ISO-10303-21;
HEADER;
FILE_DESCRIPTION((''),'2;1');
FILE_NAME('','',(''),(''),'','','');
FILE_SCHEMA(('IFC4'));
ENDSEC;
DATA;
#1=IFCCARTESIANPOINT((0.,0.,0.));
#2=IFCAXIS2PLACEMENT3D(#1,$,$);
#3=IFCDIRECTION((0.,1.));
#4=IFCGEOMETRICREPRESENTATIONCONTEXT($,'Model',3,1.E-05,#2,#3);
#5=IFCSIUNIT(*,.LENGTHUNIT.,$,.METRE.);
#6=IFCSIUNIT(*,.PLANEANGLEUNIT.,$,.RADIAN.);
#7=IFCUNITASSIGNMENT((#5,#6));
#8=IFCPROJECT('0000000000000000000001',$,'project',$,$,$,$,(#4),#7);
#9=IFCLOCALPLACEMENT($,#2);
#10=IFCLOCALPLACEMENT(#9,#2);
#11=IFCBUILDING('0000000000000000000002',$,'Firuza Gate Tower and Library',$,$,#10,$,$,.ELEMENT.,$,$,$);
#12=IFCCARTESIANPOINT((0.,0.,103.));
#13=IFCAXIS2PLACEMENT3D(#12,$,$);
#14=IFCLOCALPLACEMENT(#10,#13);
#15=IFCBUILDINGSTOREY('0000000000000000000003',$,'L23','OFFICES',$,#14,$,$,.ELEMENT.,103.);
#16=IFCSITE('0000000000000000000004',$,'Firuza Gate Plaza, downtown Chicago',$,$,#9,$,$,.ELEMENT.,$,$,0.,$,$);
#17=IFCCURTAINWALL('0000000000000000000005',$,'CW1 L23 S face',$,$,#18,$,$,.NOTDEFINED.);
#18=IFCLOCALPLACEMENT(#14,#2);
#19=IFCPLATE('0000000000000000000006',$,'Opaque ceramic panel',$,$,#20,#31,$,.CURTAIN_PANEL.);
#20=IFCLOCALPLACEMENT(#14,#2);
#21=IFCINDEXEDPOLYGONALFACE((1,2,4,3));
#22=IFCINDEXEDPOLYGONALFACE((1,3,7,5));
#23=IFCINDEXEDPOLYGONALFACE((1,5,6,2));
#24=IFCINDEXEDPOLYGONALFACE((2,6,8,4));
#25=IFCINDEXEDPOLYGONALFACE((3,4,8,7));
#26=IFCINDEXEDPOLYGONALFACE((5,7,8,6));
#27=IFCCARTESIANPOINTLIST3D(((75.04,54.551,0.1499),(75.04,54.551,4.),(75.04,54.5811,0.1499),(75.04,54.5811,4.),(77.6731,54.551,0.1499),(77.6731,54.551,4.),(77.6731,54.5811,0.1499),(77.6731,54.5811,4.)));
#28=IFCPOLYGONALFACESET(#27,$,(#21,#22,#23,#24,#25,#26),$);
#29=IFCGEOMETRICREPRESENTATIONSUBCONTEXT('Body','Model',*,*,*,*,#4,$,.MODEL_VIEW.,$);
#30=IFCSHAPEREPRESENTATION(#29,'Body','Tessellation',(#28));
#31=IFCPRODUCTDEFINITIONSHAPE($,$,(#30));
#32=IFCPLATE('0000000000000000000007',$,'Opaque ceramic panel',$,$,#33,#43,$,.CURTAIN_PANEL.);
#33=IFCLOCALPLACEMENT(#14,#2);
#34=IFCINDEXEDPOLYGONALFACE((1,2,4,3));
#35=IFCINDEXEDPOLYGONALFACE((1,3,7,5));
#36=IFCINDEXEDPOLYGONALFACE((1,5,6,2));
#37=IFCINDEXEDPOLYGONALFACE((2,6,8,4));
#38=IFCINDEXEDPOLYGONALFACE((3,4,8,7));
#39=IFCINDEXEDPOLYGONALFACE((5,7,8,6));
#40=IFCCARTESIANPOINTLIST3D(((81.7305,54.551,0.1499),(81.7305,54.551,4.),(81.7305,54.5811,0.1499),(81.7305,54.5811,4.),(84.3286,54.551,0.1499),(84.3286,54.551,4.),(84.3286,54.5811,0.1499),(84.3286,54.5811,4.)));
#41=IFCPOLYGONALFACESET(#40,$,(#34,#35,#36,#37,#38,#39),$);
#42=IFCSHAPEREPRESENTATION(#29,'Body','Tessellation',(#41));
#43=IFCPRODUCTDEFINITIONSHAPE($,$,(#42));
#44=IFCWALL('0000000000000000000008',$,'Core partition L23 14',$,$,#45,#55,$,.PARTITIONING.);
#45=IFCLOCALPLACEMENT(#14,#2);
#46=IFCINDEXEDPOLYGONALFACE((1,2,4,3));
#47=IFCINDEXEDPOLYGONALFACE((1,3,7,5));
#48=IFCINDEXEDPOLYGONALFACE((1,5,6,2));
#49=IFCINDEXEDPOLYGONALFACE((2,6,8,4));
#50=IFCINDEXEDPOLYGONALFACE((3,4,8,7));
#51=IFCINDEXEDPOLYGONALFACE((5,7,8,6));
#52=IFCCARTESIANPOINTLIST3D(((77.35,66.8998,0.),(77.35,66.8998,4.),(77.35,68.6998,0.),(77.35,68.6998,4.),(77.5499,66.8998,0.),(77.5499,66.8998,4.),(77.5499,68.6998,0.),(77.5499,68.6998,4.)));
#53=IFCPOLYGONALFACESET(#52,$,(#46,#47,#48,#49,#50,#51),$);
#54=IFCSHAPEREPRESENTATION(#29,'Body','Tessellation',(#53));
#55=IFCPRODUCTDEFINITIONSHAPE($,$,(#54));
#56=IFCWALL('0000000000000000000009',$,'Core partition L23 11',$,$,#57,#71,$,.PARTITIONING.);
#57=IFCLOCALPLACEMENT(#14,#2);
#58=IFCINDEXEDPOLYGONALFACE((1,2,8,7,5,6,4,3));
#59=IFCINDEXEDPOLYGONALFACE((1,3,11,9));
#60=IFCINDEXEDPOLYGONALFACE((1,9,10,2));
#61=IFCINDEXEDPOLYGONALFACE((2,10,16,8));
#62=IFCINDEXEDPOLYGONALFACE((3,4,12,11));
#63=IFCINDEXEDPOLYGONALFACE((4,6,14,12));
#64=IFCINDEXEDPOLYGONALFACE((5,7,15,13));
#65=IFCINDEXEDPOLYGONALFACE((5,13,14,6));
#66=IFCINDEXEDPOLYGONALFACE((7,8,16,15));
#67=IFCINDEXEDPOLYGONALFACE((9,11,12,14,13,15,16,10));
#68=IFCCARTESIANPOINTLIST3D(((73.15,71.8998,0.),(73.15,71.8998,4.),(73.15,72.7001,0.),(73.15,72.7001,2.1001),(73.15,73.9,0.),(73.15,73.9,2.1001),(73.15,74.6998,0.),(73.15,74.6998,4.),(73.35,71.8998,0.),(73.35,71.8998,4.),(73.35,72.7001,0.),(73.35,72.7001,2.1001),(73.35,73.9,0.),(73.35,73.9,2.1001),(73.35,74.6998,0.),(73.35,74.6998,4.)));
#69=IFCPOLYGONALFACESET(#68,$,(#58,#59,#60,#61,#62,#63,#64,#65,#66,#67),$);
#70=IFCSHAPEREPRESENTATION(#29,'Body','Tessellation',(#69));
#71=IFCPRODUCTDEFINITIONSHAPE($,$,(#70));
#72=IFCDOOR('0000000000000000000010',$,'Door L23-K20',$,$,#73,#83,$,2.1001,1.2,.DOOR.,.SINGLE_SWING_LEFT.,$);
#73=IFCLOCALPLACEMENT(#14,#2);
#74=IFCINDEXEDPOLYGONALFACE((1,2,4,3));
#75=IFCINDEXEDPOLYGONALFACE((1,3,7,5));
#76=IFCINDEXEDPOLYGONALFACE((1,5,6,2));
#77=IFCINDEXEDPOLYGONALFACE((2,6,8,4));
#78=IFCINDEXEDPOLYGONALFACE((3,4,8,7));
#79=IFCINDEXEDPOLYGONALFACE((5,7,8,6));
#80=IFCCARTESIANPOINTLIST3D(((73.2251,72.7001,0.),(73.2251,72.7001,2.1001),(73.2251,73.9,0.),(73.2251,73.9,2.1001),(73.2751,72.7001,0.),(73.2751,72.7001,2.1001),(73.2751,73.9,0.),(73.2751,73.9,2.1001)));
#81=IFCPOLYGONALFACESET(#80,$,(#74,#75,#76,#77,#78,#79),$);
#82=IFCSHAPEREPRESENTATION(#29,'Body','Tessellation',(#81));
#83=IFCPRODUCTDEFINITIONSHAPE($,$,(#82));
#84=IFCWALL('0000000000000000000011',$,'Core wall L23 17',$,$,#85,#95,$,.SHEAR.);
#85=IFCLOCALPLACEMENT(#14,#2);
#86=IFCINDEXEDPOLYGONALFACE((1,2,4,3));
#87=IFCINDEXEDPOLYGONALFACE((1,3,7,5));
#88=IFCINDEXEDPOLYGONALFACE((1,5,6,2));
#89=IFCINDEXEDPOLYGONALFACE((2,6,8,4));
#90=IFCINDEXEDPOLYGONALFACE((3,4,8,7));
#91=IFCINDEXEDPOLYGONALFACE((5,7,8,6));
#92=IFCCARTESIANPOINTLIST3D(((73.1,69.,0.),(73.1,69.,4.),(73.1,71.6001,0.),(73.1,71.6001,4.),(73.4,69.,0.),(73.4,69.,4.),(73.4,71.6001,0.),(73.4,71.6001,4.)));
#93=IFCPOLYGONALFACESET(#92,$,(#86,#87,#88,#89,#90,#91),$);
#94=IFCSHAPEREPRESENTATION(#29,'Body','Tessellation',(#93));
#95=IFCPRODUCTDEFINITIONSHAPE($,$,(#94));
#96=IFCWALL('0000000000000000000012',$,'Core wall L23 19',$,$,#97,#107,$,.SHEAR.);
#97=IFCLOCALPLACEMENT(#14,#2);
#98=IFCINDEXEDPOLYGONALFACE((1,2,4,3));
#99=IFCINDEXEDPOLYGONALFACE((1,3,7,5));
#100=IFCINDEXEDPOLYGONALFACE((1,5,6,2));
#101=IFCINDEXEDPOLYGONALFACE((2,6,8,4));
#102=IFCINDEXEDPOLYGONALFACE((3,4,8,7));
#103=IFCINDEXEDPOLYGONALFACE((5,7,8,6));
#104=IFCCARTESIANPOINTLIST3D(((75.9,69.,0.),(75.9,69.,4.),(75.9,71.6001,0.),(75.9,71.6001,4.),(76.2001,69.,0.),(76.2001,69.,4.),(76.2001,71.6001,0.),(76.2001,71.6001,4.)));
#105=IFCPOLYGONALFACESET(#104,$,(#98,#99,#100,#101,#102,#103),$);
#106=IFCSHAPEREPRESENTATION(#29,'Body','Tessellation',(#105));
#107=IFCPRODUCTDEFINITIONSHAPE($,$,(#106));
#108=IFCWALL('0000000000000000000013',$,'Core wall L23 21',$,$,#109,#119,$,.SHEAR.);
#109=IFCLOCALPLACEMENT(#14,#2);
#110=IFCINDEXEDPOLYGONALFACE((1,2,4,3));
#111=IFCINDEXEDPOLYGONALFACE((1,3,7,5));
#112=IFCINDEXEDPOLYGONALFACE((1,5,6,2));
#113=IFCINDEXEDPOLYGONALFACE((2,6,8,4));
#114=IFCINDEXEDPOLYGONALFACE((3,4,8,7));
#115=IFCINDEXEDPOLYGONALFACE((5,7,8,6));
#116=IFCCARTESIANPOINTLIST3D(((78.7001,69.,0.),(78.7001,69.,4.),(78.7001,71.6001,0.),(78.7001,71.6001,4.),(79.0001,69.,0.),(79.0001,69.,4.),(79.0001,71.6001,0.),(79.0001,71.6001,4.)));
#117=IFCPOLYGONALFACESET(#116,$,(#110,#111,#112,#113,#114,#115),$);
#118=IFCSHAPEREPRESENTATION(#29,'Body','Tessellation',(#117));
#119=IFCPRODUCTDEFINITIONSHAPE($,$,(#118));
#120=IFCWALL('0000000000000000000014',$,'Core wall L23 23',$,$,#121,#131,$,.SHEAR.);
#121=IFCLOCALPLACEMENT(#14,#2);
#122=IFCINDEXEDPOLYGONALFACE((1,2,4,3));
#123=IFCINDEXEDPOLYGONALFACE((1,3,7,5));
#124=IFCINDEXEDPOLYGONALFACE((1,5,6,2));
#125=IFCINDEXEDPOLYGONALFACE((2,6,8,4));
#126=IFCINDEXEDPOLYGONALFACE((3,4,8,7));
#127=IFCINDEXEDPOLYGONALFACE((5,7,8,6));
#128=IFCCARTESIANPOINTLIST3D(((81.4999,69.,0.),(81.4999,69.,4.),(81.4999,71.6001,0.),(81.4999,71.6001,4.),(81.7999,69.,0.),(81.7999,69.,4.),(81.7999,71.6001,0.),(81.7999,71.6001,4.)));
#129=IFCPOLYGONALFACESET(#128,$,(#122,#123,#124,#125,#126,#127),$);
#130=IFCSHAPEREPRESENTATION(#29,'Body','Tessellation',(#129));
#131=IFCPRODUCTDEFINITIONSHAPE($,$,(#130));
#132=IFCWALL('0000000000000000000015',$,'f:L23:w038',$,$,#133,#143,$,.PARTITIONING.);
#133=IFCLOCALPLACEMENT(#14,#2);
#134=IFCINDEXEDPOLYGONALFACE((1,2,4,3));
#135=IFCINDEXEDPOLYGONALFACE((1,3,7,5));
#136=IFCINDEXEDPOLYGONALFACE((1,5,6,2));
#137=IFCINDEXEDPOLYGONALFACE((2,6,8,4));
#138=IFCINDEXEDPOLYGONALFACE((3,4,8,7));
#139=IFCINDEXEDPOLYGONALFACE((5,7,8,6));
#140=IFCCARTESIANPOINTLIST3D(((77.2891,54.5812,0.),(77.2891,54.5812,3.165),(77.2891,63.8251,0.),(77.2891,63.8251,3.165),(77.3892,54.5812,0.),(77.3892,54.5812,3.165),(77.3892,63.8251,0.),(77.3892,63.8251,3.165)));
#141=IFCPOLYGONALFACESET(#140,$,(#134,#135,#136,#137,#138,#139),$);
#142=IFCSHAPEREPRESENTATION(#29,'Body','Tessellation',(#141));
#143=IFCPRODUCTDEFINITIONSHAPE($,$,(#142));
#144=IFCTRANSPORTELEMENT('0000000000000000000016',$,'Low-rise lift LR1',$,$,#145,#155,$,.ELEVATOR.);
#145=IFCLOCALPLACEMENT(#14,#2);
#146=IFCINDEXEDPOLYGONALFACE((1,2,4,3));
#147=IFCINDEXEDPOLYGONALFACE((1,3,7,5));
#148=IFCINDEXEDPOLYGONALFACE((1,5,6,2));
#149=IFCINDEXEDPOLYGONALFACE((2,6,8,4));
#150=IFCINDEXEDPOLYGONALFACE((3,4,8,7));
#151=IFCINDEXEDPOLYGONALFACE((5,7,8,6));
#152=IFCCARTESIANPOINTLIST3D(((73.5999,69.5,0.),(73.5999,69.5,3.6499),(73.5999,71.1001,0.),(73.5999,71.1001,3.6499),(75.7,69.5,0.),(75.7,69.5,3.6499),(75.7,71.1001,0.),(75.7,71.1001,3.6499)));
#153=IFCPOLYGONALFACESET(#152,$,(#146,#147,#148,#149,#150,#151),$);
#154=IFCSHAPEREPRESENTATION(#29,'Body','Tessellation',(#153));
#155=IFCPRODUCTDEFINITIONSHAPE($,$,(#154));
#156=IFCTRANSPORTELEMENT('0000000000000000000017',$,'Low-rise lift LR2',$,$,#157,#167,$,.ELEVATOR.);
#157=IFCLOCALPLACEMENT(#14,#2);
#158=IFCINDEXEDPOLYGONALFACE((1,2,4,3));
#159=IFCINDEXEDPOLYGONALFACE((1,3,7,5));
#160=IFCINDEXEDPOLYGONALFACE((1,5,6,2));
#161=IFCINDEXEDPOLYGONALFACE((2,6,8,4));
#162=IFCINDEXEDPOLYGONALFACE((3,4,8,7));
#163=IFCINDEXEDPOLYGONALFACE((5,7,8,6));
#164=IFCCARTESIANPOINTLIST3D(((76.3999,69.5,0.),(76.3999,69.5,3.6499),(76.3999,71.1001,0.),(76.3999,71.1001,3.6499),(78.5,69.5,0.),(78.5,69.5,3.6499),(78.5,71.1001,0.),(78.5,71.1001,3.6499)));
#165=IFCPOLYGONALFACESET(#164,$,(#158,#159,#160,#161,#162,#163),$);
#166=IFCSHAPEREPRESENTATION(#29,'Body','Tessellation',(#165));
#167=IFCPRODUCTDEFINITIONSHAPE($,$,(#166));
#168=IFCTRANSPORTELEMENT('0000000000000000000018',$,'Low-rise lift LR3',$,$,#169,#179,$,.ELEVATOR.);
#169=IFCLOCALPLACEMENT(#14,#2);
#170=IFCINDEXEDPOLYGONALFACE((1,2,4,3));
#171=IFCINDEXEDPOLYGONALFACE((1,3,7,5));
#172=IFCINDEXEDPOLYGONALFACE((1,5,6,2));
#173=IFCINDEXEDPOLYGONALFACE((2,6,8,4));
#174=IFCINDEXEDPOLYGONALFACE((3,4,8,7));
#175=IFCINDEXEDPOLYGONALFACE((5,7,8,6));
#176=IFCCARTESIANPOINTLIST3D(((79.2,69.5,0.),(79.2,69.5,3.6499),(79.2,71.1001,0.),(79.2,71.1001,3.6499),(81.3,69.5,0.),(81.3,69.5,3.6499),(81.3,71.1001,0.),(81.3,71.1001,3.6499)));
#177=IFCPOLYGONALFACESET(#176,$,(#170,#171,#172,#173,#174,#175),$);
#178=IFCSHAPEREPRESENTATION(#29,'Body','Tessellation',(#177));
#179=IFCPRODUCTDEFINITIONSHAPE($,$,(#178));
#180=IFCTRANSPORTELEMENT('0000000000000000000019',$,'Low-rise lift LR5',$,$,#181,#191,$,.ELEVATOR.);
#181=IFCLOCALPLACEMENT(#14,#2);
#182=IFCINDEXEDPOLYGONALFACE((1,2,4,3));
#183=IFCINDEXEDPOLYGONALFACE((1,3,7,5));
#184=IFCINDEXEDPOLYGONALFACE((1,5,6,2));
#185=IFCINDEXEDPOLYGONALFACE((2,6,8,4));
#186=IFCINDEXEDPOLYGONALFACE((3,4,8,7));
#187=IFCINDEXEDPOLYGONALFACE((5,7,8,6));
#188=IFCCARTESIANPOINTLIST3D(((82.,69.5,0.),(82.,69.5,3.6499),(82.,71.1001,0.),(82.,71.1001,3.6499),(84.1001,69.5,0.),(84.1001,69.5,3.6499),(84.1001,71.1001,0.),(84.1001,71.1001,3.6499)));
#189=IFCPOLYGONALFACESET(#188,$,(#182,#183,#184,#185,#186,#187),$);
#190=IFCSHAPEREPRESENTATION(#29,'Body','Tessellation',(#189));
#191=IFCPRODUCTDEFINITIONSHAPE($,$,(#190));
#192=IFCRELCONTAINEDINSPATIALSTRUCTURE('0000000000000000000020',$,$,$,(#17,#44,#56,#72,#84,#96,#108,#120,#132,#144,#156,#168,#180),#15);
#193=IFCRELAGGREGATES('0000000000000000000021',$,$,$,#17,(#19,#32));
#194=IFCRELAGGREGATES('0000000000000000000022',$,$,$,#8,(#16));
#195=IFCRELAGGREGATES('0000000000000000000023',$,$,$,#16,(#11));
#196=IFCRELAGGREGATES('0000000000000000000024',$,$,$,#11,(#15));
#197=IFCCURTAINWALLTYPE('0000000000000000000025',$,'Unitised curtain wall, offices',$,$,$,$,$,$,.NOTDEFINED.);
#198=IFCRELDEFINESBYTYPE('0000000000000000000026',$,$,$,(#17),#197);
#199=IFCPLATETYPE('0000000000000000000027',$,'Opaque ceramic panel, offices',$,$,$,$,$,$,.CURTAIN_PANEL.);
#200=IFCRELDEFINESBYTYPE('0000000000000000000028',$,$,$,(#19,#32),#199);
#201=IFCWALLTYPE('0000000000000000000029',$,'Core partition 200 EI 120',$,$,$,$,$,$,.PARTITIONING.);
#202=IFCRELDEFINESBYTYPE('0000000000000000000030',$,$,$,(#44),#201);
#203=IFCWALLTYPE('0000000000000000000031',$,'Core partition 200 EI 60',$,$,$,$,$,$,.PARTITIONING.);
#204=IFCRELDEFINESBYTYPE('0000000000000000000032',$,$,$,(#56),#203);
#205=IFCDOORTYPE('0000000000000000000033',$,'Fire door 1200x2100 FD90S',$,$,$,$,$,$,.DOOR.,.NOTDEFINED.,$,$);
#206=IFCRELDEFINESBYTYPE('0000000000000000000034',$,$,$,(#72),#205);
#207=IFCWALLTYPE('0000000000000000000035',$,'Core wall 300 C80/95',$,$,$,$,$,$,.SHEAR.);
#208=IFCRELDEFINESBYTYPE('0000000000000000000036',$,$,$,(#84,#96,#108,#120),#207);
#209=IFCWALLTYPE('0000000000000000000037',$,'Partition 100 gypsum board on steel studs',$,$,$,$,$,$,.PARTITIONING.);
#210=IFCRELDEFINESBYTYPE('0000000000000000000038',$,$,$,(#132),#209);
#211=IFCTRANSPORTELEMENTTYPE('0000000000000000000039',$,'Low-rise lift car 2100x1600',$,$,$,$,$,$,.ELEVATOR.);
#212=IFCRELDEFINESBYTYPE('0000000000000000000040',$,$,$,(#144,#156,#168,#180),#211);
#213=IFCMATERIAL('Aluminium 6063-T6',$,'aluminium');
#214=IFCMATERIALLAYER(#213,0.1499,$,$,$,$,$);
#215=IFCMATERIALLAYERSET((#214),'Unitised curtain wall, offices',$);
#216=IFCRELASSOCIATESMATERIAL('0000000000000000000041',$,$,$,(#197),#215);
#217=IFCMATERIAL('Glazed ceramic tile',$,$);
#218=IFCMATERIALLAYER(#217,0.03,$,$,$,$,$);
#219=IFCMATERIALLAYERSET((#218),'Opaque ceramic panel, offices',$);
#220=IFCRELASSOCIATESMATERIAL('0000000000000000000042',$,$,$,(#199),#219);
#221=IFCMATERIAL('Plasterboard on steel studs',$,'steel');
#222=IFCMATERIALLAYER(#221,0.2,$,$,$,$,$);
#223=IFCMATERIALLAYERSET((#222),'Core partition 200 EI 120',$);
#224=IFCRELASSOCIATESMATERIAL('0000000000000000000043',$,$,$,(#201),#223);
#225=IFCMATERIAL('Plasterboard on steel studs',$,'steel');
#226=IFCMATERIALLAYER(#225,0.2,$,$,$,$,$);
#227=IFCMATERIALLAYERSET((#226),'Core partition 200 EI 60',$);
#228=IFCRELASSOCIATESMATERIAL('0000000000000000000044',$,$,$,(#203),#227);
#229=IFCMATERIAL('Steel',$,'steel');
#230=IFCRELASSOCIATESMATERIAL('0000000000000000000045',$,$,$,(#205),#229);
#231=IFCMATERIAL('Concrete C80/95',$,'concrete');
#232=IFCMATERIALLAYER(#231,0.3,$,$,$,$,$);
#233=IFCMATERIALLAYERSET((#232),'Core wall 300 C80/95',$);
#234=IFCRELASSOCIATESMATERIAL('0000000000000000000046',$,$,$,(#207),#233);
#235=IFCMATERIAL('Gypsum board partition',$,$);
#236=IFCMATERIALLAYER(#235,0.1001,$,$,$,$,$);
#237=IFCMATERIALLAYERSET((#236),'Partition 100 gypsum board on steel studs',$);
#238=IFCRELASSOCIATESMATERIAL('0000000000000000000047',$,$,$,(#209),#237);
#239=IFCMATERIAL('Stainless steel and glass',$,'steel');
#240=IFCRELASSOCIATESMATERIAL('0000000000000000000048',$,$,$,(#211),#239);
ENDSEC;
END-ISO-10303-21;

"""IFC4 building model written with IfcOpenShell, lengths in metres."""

from ifc_helpers import new_model, si_unit, direction, frame, frame_2d, origin, origin_2d, place, context, subcontext, project, spatial, polyline, rectangle, outline, extrude, material, layer, layer_set, type_object, element, fill, aggregate, save


model = new_model("IFC4")

# Units and contexts
model_context = context("Model", 3, precision=1e-05, world=origin(), true_north=direction((0.0, 1.0)))
body_context = subcontext(model_context, "Body", "Model", "MODEL_VIEW")
ifc_project = project(units=[si_unit("LENGTHUNIT", "METRE"), si_unit("PLANEANGLEUNIT", "RADIAN")], contexts=[model_context])

# Site, building, storey
site_placement = place(None, origin())
site = spatial("IfcSite", under=ifc_project, at=site_placement, Name="Firuza Gate Plaza, downtown Chicago", CompositionType="ELEMENT", RefElevation=0.0)
building_placement = place(site_placement, origin())
building = spatial("IfcBuilding", under=site, at=building_placement, Name="Firuza Gate Tower and Library", CompositionType="ELEMENT")
storey_placement = place(building_placement, frame((0.0, 0.0, 103.0)))
storey = spatial("IfcBuildingStorey", under=building, at=storey_placement, Name="L23", Description="OFFICES", CompositionType="ELEMENT", Elevation=103.0)

# Curtain wall
ifc_material_1 = material(Name="Aluminium 6063-T6", Category="aluminium")
ifc_layer_1 = layer(ifc_material_1, 0.1499)
ifc_layer_set_1 = layer_set([ifc_layer_1], Name="Unitised curtain wall, offices")
curtain_wall_type = type_object("IfcCurtainWallType", Name="Unitised curtain wall, offices", PredefinedType="NOTDEFINED", material=ifc_layer_set_1)
curtain_wall_placement = place(storey_placement, origin())
curtain_wall = element("IfcCurtainWall", 1, at=curtain_wall_placement, inside=storey, type_object=curtain_wall_type, Name="CW1 L23 S face", PredefinedType="NOTDEFINED")

# Plates
ifc_material_2 = material(Name="Glazed ceramic tile")
ifc_layer_2 = layer(ifc_material_2, 0.03)
ifc_layer_set_2 = layer_set([ifc_layer_2], Name="Opaque ceramic panel, offices")
plate_type_1 = type_object("IfcPlateType", Name="Opaque ceramic panel, offices", PredefinedType="CURTAIN_PANEL", material=ifc_layer_set_2)
plate_1_placement = place(storey_placement, frame((75.04, 54.551, 0.1499), z_axis=(0.0, -1.0, 0.0), x_axis=(1.0, 0.0, 0.0)))
plate_1 = element("IfcPlate", 2, at=plate_1_placement, type_object=plate_type_1, Name="Opaque ceramic panel", PredefinedType="CURTAIN_PANEL", context=body_context, shape_type="SweptSolid", body=[
    extrude(outline(polyline([(0.0, 0.0), (2.6331, 0.0), (2.6331, 3.8501), (0.0, 3.8501), (0.0, 0.0)])), origin(), (0.0, 0.0, -1.0), 0.03),
])
plate_2_placement = place(storey_placement, frame((81.7305, 54.551, 0.1499), z_axis=(0.0, -1.0, 0.0), x_axis=(1.0, 0.0, 0.0)))
plate_2 = element("IfcPlate", 3, at=plate_2_placement, type_object=plate_type_1, Name="Opaque ceramic panel", PredefinedType="CURTAIN_PANEL", context=body_context, shape_type="SweptSolid", body=[
    extrude(outline(polyline([(0.0, 0.0), (2.5981, 0.0), (2.5981, 3.8501), (0.0, 3.8501), (0.0, 0.0)])), origin(), (0.0, 0.0, -1.0), 0.03),
])
aggregate(curtain_wall, [plate_1, plate_2])

# Wall
ifc_material_3 = material(Name="Plasterboard on steel studs", Category="steel")
ifc_layer_3 = layer(ifc_material_3, 0.2)
ifc_layer_set_3 = layer_set([ifc_layer_3], Name="Core partition 200 EI 120")
wall_type_1 = type_object("IfcWallType", Name="Core partition 200 EI 120", PredefinedType="PARTITIONING", material=ifc_layer_set_3)
wall_1_placement = place(storey_placement, frame((77.45, 66.8999, 0.0), z_axis=(0.0, 0.0, 1.0), x_axis=(0.0, 1.0, 0.0)))
element("IfcWall", 4, at=wall_1_placement, inside=storey, type_object=wall_type_1, Name="Core partition L23 14", PredefinedType="PARTITIONING", context=body_context, shape_type="SweptSolid", body=[
    extrude(rectangle(XDim=1.8, YDim=0.2, at=frame_2d((0.8999, 0.0))), origin(), (0.0, 0.0, 1.0), 4.0),
])

# Wall, opening, door
ifc_material_4 = material(Name="Plasterboard on steel studs", Category="steel")
ifc_layer_4 = layer(ifc_material_4, 0.2)
ifc_layer_set_4 = layer_set([ifc_layer_4], Name="Core partition 200 EI 60")
wall_type_2 = type_object("IfcWallType", Name="Core partition 200 EI 60", PredefinedType="PARTITIONING", material=ifc_layer_set_4)
wall_2_placement = place(storey_placement, frame((73.25, 71.8999, 0.0), z_axis=(0.0, 0.0, 1.0), x_axis=(0.0, 1.0, 0.0)))
wall_2 = element("IfcWall", 5, at=wall_2_placement, inside=storey, type_object=wall_type_2, Name="Core partition L23 11", PredefinedType="PARTITIONING", context=body_context, shape_type="SweptSolid", body=[
    extrude(rectangle(XDim=2.8, YDim=0.2, at=frame_2d((1.3999, 0.0))), origin(), (0.0, 0.0, 1.0), 4.0),
])
opening_placement = place(wall_2_placement, frame((0.8, 0.0, 0.0)))
opening = element("IfcOpeningElement", 6, at=opening_placement, cuts=wall_2, PredefinedType="OPENING", context=body_context, shape_type="SweptSolid", body=[
    extrude(rectangle(XDim=1.2, YDim=2.1001, at=frame_2d((0.6001, 1.05))), frame((0.0, 0.1099, 0.0), z_axis=(0.0, -1.0, 0.0), x_axis=(1.0, 0.0, 0.0)), (0.0, 0.0, 1.0), 0.22),
])
ifc_material_5 = material(Name="Steel", Category="steel")
door_type = type_object("IfcDoorType", Name="Fire door 1200x2100 FD90S", OperationType="NOTDEFINED", PredefinedType="DOOR", material=ifc_material_5)
door_placement = place(opening_placement, origin())
door = element("IfcDoor", 7, at=door_placement, inside=storey, type_object=door_type, Name="Door L23-K20", OperationType="SINGLE_SWING_LEFT", OverallHeight=2.1001, OverallWidth=1.2, PredefinedType="DOOR", context=body_context, shape_type="SweptSolid", body=[
    extrude(rectangle(XDim=1.2, YDim=2.1001, at=frame_2d((0.6001, 1.05))), frame((0.0, 0.0249, 0.0), z_axis=(0.0, -1.0, 0.0), x_axis=(1.0, 0.0, 0.0)), (0.0, 0.0, 1.0), 0.05),
])
fill(opening, door)

# Walls
ifc_material_6 = material(Name="Concrete C80/95", Category="concrete")
ifc_layer_5 = layer(ifc_material_6, 0.3)
ifc_layer_set_5 = layer_set([ifc_layer_5], Name="Core wall 300 C80/95")
wall_type_3 = type_object("IfcWallType", Name="Core wall 300 C80/95", PredefinedType="SHEAR", material=ifc_layer_set_5)
for number, where, z_axis, x_axis, name in (
    (8, (73.25, 69.0, 0.0), (0.0, 0.0, 1.0), (0.0, 1.0, 0.0), "Core wall L23 17"),
    (9, (76.05, 69.0, 0.0), (0.0, 0.0, 1.0), (0.0, 1.0, 0.0), "Core wall L23 19"),
    (10, (78.8501, 69.0, 0.0), (0.0, 0.0, 1.0), (0.0, 1.0, 0.0), "Core wall L23 21"),
    (11, (81.6499, 69.0, 0.0), (0.0, 0.0, 1.0), (0.0, 1.0, 0.0), "Core wall L23 23"),
):
    element("IfcWall", number, at=place(storey_placement, frame(where, z_axis=z_axis, x_axis=x_axis)), inside=storey, type_object=wall_type_3, Name=name, PredefinedType="SHEAR", context=body_context, shape_type="SweptSolid", body=[
        extrude(rectangle(XDim=2.6001, YDim=0.3, at=frame_2d((1.3, 0.0))), origin(), (0.0, 0.0, 1.0), 4.0),
    ])
ifc_material_7 = material(Name="Gypsum board partition")
ifc_layer_6 = layer(ifc_material_7, 0.1001)
ifc_layer_set_6 = layer_set([ifc_layer_6], Name="Partition 100 gypsum board on steel studs")
wall_type_4 = type_object("IfcWallType", Name="Partition 100 gypsum board on steel studs", PredefinedType="PARTITIONING", material=ifc_layer_set_6)
wall_3_placement = place(storey_placement, frame((77.3391, 54.5811, 0.0), z_axis=(0.0, 0.0, 1.0), x_axis=(0.0, 1.0, 0.0)))
element("IfcWall", 12, at=wall_3_placement, inside=storey, type_object=wall_type_4, Name="f:L23:w038", PredefinedType="PARTITIONING", context=body_context, shape_type="SweptSolid", body=[
    extrude(rectangle(XDim=9.2439, YDim=0.1001, at=frame_2d((4.6221, 0.0))), origin(), (0.0, 0.0, 1.0), 3.165),
])

# Transport elements
ifc_material_8 = material(Name="Stainless steel and glass", Category="steel")
transport_element_type = type_object("IfcTransportElementType", Name="Low-rise lift car 2100x1600", PredefinedType="ELEVATOR", material=ifc_material_8)
for number, where, z_axis, x_axis, name in (
    (13, (74.6499, 70.3, 0.0), (0.0, 0.0, 1.0), (1.0, 0.0, 0.0), "Low-rise lift LR1"),
    (14, (77.45, 70.3, 0.0), (0.0, 0.0, 1.0), (1.0, 0.0, 0.0), "Low-rise lift LR2"),
    (15, (80.25, 70.3, 0.0), (0.0, 0.0, 1.0), (1.0, 0.0, 0.0), "Low-rise lift LR3"),
    (16, (83.05, 70.3, 0.0), (0.0, 0.0, 1.0), (1.0, 0.0, 0.0), "Low-rise lift LR5"),
):
    element("IfcTransportElement", number, at=place(storey_placement, frame(where, z_axis=z_axis, x_axis=x_axis)), inside=storey, type_object=transport_element_type, Name=name, PredefinedType="ELEVATOR", context=body_context, shape_type="SweptSolid", body=[
        extrude(rectangle(XDim=2.1001, YDim=1.6001, at=origin_2d()), origin(), (0.0, 0.0, 1.0), 3.6499),
    ])

save(model, "model.ifc")
